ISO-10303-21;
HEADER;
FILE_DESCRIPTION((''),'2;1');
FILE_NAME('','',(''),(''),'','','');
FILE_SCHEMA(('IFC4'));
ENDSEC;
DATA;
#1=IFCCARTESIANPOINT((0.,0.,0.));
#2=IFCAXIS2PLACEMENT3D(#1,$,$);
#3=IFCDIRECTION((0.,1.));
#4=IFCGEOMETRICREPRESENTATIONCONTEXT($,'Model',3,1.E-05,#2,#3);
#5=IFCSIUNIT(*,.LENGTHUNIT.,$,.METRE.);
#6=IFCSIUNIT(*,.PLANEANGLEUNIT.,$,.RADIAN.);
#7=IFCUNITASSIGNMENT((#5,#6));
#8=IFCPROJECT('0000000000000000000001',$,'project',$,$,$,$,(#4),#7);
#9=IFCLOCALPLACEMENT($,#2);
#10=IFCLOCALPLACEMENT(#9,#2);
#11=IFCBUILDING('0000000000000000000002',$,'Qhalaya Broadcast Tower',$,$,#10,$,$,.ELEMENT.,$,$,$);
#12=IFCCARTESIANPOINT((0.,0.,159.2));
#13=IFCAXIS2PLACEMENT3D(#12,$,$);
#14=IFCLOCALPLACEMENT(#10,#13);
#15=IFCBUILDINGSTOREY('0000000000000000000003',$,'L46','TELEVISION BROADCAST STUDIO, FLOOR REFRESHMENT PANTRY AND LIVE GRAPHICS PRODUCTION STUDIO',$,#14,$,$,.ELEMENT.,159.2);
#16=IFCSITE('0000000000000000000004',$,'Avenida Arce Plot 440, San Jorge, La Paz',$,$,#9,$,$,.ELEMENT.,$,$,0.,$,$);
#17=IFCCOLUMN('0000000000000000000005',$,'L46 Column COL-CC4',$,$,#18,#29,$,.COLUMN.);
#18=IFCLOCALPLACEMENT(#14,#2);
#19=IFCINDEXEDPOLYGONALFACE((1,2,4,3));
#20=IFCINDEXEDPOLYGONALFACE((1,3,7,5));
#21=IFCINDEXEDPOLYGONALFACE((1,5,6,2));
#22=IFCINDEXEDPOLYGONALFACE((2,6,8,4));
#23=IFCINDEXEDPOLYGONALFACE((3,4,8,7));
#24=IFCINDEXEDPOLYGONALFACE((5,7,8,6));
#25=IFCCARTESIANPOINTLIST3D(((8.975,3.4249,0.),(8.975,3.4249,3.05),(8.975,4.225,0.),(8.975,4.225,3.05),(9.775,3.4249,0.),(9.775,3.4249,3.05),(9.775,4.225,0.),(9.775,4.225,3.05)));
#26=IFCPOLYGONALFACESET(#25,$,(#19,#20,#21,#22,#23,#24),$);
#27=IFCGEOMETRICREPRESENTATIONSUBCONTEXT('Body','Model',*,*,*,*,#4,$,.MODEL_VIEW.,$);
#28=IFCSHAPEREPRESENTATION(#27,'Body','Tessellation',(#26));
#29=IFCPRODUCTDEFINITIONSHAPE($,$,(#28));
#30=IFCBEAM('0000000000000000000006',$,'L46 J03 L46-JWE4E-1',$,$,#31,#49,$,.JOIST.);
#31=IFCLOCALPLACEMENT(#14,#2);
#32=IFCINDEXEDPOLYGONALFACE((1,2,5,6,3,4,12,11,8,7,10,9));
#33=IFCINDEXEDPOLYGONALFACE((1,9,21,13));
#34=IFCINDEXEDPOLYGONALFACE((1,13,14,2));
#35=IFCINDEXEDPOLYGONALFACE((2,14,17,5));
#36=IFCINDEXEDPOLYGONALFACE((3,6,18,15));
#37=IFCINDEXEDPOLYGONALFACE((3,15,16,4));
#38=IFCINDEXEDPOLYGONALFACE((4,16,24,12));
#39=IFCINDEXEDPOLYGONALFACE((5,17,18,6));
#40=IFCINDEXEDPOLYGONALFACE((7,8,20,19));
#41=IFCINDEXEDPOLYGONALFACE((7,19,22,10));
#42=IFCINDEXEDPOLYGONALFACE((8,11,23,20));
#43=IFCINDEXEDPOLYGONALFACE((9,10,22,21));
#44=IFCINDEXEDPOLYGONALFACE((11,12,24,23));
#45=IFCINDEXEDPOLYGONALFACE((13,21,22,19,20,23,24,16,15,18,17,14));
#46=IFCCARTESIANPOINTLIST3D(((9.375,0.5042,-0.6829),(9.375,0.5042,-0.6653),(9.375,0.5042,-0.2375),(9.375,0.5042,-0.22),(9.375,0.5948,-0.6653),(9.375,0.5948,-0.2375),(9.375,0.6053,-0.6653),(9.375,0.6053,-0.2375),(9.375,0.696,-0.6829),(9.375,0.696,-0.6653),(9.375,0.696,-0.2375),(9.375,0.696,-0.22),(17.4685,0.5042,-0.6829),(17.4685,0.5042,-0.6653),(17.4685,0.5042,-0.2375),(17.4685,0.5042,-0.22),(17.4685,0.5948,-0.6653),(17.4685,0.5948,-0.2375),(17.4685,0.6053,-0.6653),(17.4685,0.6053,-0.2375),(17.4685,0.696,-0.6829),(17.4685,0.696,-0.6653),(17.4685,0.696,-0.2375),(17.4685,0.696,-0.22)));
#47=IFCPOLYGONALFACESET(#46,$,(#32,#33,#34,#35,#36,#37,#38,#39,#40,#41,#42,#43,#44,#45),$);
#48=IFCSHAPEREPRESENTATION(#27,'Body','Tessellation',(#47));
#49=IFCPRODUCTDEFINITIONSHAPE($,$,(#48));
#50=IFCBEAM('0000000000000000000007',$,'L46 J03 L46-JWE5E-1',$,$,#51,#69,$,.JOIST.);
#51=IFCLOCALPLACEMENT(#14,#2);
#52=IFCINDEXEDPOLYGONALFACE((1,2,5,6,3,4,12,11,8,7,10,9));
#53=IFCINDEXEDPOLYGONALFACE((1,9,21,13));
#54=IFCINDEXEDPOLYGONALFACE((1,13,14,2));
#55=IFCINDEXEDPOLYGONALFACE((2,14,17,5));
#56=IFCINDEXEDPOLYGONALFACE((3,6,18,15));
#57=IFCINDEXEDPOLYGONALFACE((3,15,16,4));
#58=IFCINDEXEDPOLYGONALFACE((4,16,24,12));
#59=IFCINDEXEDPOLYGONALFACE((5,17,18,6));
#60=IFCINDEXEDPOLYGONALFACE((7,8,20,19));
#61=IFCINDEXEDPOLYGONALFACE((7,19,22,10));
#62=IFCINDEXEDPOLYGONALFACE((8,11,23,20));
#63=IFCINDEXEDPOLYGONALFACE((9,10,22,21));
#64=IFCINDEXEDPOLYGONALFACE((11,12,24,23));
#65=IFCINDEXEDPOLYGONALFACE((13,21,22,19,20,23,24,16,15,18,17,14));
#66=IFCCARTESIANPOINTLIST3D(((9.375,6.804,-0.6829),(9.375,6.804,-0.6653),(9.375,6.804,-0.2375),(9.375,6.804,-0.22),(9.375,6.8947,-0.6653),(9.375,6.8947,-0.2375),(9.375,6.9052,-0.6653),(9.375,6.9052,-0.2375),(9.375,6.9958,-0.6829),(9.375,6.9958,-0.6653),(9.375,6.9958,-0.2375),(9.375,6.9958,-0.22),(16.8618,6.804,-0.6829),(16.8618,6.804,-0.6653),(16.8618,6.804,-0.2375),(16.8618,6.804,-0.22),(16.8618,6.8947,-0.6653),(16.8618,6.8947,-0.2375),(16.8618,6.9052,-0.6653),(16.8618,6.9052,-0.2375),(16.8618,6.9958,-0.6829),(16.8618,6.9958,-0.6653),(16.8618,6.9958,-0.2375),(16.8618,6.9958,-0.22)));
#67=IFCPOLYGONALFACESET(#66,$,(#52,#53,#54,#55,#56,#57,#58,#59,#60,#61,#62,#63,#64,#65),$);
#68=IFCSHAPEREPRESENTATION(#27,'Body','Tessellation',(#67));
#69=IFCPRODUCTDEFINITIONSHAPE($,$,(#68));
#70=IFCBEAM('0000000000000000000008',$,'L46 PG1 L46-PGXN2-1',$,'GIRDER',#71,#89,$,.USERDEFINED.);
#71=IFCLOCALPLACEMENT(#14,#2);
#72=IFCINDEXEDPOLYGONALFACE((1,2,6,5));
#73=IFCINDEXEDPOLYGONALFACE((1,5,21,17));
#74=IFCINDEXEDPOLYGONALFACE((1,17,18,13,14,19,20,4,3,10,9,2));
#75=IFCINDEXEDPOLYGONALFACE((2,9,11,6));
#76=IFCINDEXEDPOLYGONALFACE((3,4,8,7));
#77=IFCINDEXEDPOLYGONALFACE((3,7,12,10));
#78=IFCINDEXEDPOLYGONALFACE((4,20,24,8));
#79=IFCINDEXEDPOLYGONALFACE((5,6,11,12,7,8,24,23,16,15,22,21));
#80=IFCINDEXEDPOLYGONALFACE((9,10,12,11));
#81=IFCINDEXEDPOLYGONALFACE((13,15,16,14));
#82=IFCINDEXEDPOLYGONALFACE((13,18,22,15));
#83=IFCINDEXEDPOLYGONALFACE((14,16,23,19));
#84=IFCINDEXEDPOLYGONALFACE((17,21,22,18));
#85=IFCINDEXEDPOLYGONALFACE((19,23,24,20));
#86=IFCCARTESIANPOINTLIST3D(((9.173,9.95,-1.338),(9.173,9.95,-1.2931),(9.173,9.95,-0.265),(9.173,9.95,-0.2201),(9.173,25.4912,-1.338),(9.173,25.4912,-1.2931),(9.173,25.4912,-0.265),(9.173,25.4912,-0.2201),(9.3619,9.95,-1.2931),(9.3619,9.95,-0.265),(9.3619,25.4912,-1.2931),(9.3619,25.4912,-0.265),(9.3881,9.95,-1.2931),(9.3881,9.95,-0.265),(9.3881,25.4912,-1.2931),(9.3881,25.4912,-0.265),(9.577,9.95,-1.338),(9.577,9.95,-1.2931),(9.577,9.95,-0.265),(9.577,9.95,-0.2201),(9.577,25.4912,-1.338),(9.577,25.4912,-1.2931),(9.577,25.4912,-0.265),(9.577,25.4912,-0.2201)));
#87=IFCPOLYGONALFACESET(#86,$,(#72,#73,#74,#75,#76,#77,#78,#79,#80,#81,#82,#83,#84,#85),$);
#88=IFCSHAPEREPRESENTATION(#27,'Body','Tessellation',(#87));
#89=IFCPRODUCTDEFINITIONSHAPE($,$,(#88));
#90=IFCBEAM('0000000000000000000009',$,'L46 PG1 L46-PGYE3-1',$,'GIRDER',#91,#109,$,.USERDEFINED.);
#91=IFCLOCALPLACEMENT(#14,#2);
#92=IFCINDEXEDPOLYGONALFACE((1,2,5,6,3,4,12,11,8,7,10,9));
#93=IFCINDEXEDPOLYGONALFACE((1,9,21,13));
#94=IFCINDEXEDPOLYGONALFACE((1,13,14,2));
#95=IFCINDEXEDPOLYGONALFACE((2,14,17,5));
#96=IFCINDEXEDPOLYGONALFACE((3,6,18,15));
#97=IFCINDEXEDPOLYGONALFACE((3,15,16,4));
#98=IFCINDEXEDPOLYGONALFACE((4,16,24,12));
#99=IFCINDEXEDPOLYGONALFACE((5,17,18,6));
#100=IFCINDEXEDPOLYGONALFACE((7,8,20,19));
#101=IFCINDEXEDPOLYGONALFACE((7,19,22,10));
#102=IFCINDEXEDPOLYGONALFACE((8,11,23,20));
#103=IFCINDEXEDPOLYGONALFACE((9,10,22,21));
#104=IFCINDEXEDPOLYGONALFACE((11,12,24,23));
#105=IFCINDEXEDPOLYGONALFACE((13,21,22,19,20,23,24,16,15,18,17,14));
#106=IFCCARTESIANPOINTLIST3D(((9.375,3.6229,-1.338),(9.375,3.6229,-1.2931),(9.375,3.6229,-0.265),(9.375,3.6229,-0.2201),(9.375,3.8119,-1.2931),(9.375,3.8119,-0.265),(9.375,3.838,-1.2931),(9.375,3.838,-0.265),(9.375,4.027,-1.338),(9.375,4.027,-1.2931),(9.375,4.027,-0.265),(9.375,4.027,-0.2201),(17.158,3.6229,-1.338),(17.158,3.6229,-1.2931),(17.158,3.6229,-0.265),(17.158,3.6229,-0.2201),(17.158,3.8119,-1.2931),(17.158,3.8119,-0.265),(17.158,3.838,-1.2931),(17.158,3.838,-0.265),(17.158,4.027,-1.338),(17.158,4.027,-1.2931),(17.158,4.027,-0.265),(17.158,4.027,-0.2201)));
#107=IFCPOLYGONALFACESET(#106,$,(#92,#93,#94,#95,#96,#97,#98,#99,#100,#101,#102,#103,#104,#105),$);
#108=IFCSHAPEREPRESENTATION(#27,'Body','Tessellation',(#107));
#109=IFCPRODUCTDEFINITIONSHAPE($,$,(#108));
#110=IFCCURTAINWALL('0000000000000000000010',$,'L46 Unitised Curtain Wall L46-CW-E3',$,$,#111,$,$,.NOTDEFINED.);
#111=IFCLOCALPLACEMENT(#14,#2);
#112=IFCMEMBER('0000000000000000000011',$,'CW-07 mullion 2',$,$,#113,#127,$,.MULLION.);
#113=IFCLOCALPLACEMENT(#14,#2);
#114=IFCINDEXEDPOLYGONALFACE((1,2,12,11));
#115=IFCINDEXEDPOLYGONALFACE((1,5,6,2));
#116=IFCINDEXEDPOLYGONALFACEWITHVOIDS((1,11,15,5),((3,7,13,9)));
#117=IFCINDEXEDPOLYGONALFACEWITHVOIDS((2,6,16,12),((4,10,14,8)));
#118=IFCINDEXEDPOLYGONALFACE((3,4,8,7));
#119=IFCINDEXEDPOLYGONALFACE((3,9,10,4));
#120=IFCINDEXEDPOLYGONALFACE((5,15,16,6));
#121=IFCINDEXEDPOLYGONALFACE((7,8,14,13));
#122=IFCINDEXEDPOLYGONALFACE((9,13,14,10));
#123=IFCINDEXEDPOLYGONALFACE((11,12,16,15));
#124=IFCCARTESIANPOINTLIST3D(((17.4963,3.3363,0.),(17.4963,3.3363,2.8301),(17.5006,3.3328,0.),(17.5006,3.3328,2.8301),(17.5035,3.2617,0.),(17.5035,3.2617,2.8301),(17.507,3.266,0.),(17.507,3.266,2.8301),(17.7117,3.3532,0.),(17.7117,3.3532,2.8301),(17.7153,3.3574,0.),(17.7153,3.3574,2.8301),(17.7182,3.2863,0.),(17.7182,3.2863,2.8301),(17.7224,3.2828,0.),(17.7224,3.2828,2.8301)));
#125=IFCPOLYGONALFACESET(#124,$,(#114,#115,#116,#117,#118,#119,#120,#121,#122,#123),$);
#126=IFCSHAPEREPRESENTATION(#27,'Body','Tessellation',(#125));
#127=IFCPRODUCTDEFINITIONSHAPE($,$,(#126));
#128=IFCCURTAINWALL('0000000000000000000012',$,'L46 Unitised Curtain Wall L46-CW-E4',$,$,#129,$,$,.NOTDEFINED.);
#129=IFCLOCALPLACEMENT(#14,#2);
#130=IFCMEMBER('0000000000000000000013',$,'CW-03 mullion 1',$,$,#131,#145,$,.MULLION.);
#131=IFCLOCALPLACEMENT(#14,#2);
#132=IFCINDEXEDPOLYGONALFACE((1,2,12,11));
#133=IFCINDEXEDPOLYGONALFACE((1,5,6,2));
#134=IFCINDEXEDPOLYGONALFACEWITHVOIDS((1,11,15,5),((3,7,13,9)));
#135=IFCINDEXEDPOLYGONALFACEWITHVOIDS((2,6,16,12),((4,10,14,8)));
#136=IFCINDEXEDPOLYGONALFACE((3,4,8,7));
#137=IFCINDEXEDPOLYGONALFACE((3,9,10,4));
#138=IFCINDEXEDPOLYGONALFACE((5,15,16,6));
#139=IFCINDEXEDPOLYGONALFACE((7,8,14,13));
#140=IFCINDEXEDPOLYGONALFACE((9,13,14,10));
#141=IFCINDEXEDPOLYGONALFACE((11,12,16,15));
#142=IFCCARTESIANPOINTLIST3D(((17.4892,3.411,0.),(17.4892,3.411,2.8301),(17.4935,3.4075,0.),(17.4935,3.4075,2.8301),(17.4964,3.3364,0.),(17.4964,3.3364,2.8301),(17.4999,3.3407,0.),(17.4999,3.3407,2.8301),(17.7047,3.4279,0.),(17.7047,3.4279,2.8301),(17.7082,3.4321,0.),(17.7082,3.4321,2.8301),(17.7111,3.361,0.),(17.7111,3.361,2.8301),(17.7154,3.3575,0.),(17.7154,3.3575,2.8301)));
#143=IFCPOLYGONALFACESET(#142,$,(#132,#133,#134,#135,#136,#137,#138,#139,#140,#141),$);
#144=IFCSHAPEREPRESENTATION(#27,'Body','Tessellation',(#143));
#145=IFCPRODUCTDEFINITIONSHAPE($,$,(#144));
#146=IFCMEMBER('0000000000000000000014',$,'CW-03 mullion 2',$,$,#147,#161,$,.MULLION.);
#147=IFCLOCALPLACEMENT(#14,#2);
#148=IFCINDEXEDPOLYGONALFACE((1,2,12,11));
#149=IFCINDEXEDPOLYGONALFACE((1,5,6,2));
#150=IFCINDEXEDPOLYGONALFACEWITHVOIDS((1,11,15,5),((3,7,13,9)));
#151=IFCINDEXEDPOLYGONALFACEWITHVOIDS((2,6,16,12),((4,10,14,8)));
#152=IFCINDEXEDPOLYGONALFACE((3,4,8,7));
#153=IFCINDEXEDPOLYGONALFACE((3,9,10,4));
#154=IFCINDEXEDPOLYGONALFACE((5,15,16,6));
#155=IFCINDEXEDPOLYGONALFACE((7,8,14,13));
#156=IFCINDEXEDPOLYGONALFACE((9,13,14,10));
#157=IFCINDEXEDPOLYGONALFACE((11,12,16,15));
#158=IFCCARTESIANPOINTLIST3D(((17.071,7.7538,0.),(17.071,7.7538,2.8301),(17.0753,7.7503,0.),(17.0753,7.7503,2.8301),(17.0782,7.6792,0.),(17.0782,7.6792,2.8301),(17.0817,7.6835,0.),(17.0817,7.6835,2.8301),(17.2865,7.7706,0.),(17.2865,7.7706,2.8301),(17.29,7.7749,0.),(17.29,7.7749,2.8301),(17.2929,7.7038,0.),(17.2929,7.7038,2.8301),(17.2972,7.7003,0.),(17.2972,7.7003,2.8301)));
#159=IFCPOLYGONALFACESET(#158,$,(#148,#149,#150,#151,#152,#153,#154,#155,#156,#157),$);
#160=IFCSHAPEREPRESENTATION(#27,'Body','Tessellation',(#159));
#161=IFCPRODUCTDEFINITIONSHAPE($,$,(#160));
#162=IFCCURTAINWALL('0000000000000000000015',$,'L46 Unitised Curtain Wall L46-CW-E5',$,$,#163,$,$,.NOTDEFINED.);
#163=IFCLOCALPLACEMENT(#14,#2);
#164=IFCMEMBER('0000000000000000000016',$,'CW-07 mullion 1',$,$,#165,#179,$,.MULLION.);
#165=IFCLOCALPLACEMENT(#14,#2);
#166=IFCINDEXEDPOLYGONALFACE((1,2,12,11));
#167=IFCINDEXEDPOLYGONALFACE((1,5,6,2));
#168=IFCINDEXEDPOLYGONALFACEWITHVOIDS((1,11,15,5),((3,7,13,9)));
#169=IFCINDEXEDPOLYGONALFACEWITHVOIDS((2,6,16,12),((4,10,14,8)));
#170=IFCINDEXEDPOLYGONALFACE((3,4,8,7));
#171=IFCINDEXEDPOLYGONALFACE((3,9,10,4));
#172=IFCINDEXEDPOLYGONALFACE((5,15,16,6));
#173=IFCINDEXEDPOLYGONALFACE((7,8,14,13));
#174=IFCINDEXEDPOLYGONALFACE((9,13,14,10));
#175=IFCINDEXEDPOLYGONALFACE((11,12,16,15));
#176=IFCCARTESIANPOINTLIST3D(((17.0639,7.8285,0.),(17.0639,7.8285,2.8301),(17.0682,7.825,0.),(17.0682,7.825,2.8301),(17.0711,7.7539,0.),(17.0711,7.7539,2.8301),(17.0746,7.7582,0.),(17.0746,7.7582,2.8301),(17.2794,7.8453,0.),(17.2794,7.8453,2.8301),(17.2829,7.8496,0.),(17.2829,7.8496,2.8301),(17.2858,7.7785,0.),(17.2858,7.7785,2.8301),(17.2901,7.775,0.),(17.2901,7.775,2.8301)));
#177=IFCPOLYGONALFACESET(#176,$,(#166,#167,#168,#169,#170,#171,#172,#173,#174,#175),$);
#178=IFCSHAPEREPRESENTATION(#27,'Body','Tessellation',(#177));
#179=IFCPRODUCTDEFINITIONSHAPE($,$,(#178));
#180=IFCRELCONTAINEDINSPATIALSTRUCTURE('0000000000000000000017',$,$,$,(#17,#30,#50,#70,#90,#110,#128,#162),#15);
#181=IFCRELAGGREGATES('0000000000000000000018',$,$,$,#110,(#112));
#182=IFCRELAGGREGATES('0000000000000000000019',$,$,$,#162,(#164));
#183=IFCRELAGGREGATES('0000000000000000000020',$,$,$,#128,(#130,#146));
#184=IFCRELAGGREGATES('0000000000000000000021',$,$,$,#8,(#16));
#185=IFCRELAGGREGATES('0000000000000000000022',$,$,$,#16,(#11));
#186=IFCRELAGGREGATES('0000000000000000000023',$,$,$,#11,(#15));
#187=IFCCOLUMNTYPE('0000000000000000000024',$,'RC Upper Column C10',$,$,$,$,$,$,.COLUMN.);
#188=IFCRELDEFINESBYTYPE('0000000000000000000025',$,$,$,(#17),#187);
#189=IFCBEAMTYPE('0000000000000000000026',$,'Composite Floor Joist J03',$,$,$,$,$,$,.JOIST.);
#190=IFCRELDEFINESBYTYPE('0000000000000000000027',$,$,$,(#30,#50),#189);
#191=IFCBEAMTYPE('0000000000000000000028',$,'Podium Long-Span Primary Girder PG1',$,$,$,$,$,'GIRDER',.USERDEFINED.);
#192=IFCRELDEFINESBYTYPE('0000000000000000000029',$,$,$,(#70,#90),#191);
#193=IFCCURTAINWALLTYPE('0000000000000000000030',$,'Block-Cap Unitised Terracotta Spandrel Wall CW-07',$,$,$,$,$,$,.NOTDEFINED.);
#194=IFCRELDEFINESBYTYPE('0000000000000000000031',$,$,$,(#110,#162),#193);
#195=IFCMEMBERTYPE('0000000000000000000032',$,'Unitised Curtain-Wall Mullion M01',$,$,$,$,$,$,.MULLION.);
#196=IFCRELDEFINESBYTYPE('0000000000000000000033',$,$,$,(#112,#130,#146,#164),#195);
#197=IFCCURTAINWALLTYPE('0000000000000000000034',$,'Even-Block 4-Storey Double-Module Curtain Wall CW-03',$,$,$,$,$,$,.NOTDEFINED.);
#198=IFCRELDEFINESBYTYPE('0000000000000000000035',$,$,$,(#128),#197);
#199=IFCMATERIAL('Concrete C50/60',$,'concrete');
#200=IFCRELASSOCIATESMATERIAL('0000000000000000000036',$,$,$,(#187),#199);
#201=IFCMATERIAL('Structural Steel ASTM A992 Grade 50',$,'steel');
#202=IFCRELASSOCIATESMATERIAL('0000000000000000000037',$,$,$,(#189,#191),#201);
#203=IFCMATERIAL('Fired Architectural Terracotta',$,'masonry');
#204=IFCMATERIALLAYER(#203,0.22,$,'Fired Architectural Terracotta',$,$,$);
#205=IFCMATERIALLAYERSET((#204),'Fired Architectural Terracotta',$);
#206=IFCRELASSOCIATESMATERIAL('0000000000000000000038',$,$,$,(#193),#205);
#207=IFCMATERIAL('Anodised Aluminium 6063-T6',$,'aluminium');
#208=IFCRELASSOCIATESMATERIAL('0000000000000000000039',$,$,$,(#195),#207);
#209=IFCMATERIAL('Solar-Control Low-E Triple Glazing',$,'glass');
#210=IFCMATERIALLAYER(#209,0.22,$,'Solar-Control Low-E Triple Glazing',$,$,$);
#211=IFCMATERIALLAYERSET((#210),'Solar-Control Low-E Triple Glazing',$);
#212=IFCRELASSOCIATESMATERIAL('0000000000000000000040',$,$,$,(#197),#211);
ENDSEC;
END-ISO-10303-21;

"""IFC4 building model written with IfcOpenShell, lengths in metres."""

from ifc_helpers import new_model, si_unit, direction, frame, origin, origin_2d, place, context, subcontext, project, spatial, rectangle, hollow_rectangle, i_section, extrude, material, layer, layer_set, material_profile, profile_set, type_object, element, aggregate, save


model = new_model("IFC4")

# Units and contexts
model_context = context("Model", 3, precision=1e-05, world=origin(), true_north=direction((0.0, 1.0)))
body_context = subcontext(model_context, "Body", "Model", "MODEL_VIEW")
ifc_project = project(units=[si_unit("LENGTHUNIT", "METRE"), si_unit("PLANEANGLEUNIT", "RADIAN")], contexts=[model_context])

# Site, building, storey
site_placement = place(None, origin())
site = spatial("IfcSite", under=ifc_project, at=site_placement, Name="Avenida Arce Plot 440, San Jorge, La Paz", CompositionType="ELEMENT", RefElevation=0.0)
building_placement = place(site_placement, origin())
building = spatial("IfcBuilding", under=site, at=building_placement, Name="Qhalaya Broadcast Tower", CompositionType="ELEMENT")
storey_placement = place(building_placement, frame((0.0, 0.0, 159.2)))
storey = spatial("IfcBuildingStorey", under=building, at=storey_placement, Name="L46", Description="TELEVISION BROADCAST STUDIO, FLOOR REFRESHMENT PANTRY AND LIVE GRAPHICS PRODUCTION STUDIO", CompositionType="ELEMENT", Elevation=159.2)

# Column
ifc_material_1 = material(Name="Concrete C50/60", Category="concrete")
ifc_material_profile_1 = material_profile(ifc_material_1, rectangle(XDim=0.8, YDim=0.8, at=origin_2d()), Name="RC-COL 800x800")
ifc_profile_set_1 = profile_set([ifc_material_profile_1], Name="Concrete C50/60")
column_type = type_object("IfcColumnType", Name="RC Upper Column C10", PredefinedType="COLUMN", material=ifc_profile_set_1)
column_placement = place(storey_placement, frame((9.375, 3.825, 0.0), z_axis=(0.0, 0.0, 1.0), x_axis=(1.0, 0.0, 0.0)))
element("IfcColumn", 1, at=column_placement, inside=storey, type_object=column_type, Name="L46 Column COL-CC4", PredefinedType="COLUMN", context=body_context, shape_type="SweptSolid", body=[
    extrude(rectangle(XDim=0.8, YDim=0.8, at=origin_2d()), origin(), (0.0, 0.0, 1.0), 3.05),
])

# Beams
ifc_material_2 = material(Name="Structural Steel ASTM A992 Grade 50", Category="steel")
ifc_material_profile_2 = material_profile(ifc_material_2, i_section(OverallWidth=0.1919, OverallDepth=0.4629, WebThickness=0.0105, FlangeThickness=0.0176, at=origin_2d()), Name="W18X60")
ifc_profile_set_2 = profile_set([ifc_material_profile_2], Name="Structural Steel ASTM A992 Grade 50")
beam_type_1 = type_object("IfcBeamType", Name="Composite Floor Joist J03", PredefinedType="JOIST", material=ifc_profile_set_2)
beam_1_placement = place(storey_placement, frame((9.375, 0.6001, -0.4514), z_axis=(1.0, 0.0, 0.0), x_axis=(0.0, 1.0, 0.0)))
element("IfcBeam", 2, at=beam_1_placement, inside=storey, type_object=beam_type_1, Name="L46 J03 L46-JWE4E-1", PredefinedType="JOIST", context=body_context, shape_type="SweptSolid", body=[
    extrude(i_section(OverallWidth=0.1919, OverallDepth=0.4629, WebThickness=0.0105, FlangeThickness=0.0176, at=origin_2d()), origin(), (0.0, 0.0, 1.0), 8.0935),
])
beam_2_placement = place(storey_placement, frame((9.375, 6.8999, -0.4514), z_axis=(1.0, 0.0, 0.0), x_axis=(0.0, 1.0, 0.0)))
element("IfcBeam", 3, at=beam_2_placement, inside=storey, type_object=beam_type_1, Name="L46 J03 L46-JWE5E-1", PredefinedType="JOIST", context=body_context, shape_type="SweptSolid", body=[
    extrude(i_section(OverallWidth=0.1919, OverallDepth=0.4629, WebThickness=0.0105, FlangeThickness=0.0176, at=origin_2d()), origin(), (0.0, 0.0, 1.0), 7.4868),
])
ifc_material_profile_3 = material_profile(ifc_material_2, i_section(OverallWidth=0.4041, OverallDepth=1.1179, WebThickness=0.0261, FlangeThickness=0.0449, at=origin_2d()), Name="W44X335")
ifc_profile_set_3 = profile_set([ifc_material_profile_3], Name="Structural Steel ASTM A992 Grade 50")
beam_type_2 = type_object("IfcBeamType", Name="Podium Long-Span Primary Girder PG1", ElementType="GIRDER", PredefinedType="USERDEFINED", material=ifc_profile_set_3)
beam_3_placement = place(storey_placement, frame((9.375, 9.95, -0.7791), z_axis=(0.0, 1.0, 0.0), x_axis=(-1.0, 0.0, 0.0)))
element("IfcBeam", 4, at=beam_3_placement, inside=storey, type_object=beam_type_2, Name="L46 PG1 L46-PGXN2-1", ObjectType="GIRDER", PredefinedType="USERDEFINED", context=body_context, shape_type="SweptSolid", body=[
    extrude(i_section(OverallWidth=0.4041, OverallDepth=1.1179, WebThickness=0.0261, FlangeThickness=0.0449, at=origin_2d()), origin(), (0.0, 0.0, 1.0), 15.5413),
])
beam_4_placement = place(storey_placement, frame((9.375, 3.825, -0.7791), z_axis=(1.0, 0.0, 0.0), x_axis=(0.0, 1.0, 0.0)))
element("IfcBeam", 5, at=beam_4_placement, inside=storey, type_object=beam_type_2, Name="L46 PG1 L46-PGYE3-1", ObjectType="GIRDER", PredefinedType="USERDEFINED", context=body_context, shape_type="SweptSolid", body=[
    extrude(i_section(OverallWidth=0.4041, OverallDepth=1.1179, WebThickness=0.0261, FlangeThickness=0.0449, at=origin_2d()), origin(), (0.0, 0.0, 1.0), 7.783),
])

# Curtain wall, member
ifc_material_3 = material(Name="Fired Architectural Terracotta", Category="masonry")
ifc_layer_1 = layer(ifc_material_3, 0.22, Name="Fired Architectural Terracotta")
ifc_layer_set_1 = layer_set([ifc_layer_1], Name="Fired Architectural Terracotta")
curtain_wall_type_1 = type_object("IfcCurtainWallType", Name="Block-Cap Unitised Terracotta Spandrel Wall CW-07", PredefinedType="NOTDEFINED", material=ifc_layer_set_1)
curtain_wall_1_placement = place(storey_placement, origin())
curtain_wall_1 = element("IfcCurtainWall", 6, at=curtain_wall_1_placement, inside=storey, type_object=curtain_wall_type_1, Name="L46 Unitised Curtain Wall L46-CW-E3", PredefinedType="NOTDEFINED")
ifc_material_4 = material(Name="Anodised Aluminium 6063-T6", Category="aluminium")
ifc_material_profile_4 = material_profile(ifc_material_4, hollow_rectangle(XDim=0.075, YDim=0.22, WallThickness=0.0039, at=origin_2d()), Name="ALU-MUL 75x220x4")
ifc_profile_set_4 = profile_set([ifc_material_profile_4], Name="Anodised Aluminium 6063-T6")
member_type_1 = type_object("IfcMemberType", Name="Unitised Curtain-Wall Mullion M01", PredefinedType="MULLION", material=ifc_profile_set_4)
member_1_placement = place(storey_placement, frame((17.6094, 3.3096, 0.0), z_axis=(0.0, 0.0, 1.0), x_axis=(-0.095851, 0.995396, 0.0)))
member_1 = element("IfcMember", 7, at=member_1_placement, type_object=member_type_1, Name="CW-07 mullion 2", PredefinedType="MULLION", context=body_context, shape_type="SweptSolid", body=[
    extrude(hollow_rectangle(XDim=0.075, YDim=0.22, WallThickness=0.0039, at=origin_2d()), origin(), (0.0, 0.0, 1.0), 2.8301),
])
aggregate(curtain_wall_1, [member_1])

# Curtain wall, members
ifc_material_5 = material(Name="Solar-Control Low-E Triple Glazing", Category="glass")
ifc_layer_2 = layer(ifc_material_5, 0.22, Name="Solar-Control Low-E Triple Glazing")
ifc_layer_set_2 = layer_set([ifc_layer_2], Name="Solar-Control Low-E Triple Glazing")
curtain_wall_type_2 = type_object("IfcCurtainWallType", Name="Even-Block 4-Storey Double-Module Curtain Wall CW-03", PredefinedType="NOTDEFINED", material=ifc_layer_set_2)
curtain_wall_2_placement = place(storey_placement, origin())
curtain_wall_2 = element("IfcCurtainWall", 8, at=curtain_wall_2_placement, inside=storey, type_object=curtain_wall_type_2, Name="L46 Unitised Curtain Wall L46-CW-E4", PredefinedType="NOTDEFINED")
member_2_placement = place(storey_placement, frame((17.6023, 3.3843, 0.0), z_axis=(0.0, 0.0, 1.0), x_axis=(-0.095855, 0.995395, 0.0)))
member_2 = element("IfcMember", 9, at=member_2_placement, type_object=member_type_1, Name="CW-03 mullion 1", PredefinedType="MULLION", context=body_context, shape_type="SweptSolid", body=[
    extrude(hollow_rectangle(XDim=0.075, YDim=0.22, WallThickness=0.0039, at=origin_2d()), origin(), (0.0, 0.0, 1.0), 2.8301),
])
member_3_placement = place(storey_placement, frame((17.1841, 7.7271, 0.0), z_axis=(0.0, 0.0, 1.0), x_axis=(-0.095855, 0.995395, 0.0)))
member_3 = element("IfcMember", 10, at=member_3_placement, type_object=member_type_1, Name="CW-03 mullion 2", PredefinedType="MULLION", context=body_context, shape_type="SweptSolid", body=[
    extrude(hollow_rectangle(XDim=0.075, YDim=0.22, WallThickness=0.0039, at=origin_2d()), origin(), (0.0, 0.0, 1.0), 2.8301),
])

# Curtain wall, member
curtain_wall_3_placement = place(storey_placement, origin())
curtain_wall_3 = element("IfcCurtainWall", 11, at=curtain_wall_3_placement, inside=storey, type_object=curtain_wall_type_1, Name="L46 Unitised Curtain Wall L46-CW-E5", PredefinedType="NOTDEFINED")
member_4_placement = place(storey_placement, frame((17.177, 7.8018, 0.0), z_axis=(0.0, 0.0, 1.0), x_axis=(-0.095849, 0.995396, 0.0)))
member_4 = element("IfcMember", 12, at=member_4_placement, type_object=member_type_1, Name="CW-07 mullion 1", PredefinedType="MULLION", context=body_context, shape_type="SweptSolid", body=[
    extrude(hollow_rectangle(XDim=0.075, YDim=0.22, WallThickness=0.0039, at=origin_2d()), origin(), (0.0, 0.0, 1.0), 2.8301),
])

aggregate(curtain_wall_3, [member_4])

aggregate(curtain_wall_2, [member_2, member_3])

save(model, "model.ifc")
